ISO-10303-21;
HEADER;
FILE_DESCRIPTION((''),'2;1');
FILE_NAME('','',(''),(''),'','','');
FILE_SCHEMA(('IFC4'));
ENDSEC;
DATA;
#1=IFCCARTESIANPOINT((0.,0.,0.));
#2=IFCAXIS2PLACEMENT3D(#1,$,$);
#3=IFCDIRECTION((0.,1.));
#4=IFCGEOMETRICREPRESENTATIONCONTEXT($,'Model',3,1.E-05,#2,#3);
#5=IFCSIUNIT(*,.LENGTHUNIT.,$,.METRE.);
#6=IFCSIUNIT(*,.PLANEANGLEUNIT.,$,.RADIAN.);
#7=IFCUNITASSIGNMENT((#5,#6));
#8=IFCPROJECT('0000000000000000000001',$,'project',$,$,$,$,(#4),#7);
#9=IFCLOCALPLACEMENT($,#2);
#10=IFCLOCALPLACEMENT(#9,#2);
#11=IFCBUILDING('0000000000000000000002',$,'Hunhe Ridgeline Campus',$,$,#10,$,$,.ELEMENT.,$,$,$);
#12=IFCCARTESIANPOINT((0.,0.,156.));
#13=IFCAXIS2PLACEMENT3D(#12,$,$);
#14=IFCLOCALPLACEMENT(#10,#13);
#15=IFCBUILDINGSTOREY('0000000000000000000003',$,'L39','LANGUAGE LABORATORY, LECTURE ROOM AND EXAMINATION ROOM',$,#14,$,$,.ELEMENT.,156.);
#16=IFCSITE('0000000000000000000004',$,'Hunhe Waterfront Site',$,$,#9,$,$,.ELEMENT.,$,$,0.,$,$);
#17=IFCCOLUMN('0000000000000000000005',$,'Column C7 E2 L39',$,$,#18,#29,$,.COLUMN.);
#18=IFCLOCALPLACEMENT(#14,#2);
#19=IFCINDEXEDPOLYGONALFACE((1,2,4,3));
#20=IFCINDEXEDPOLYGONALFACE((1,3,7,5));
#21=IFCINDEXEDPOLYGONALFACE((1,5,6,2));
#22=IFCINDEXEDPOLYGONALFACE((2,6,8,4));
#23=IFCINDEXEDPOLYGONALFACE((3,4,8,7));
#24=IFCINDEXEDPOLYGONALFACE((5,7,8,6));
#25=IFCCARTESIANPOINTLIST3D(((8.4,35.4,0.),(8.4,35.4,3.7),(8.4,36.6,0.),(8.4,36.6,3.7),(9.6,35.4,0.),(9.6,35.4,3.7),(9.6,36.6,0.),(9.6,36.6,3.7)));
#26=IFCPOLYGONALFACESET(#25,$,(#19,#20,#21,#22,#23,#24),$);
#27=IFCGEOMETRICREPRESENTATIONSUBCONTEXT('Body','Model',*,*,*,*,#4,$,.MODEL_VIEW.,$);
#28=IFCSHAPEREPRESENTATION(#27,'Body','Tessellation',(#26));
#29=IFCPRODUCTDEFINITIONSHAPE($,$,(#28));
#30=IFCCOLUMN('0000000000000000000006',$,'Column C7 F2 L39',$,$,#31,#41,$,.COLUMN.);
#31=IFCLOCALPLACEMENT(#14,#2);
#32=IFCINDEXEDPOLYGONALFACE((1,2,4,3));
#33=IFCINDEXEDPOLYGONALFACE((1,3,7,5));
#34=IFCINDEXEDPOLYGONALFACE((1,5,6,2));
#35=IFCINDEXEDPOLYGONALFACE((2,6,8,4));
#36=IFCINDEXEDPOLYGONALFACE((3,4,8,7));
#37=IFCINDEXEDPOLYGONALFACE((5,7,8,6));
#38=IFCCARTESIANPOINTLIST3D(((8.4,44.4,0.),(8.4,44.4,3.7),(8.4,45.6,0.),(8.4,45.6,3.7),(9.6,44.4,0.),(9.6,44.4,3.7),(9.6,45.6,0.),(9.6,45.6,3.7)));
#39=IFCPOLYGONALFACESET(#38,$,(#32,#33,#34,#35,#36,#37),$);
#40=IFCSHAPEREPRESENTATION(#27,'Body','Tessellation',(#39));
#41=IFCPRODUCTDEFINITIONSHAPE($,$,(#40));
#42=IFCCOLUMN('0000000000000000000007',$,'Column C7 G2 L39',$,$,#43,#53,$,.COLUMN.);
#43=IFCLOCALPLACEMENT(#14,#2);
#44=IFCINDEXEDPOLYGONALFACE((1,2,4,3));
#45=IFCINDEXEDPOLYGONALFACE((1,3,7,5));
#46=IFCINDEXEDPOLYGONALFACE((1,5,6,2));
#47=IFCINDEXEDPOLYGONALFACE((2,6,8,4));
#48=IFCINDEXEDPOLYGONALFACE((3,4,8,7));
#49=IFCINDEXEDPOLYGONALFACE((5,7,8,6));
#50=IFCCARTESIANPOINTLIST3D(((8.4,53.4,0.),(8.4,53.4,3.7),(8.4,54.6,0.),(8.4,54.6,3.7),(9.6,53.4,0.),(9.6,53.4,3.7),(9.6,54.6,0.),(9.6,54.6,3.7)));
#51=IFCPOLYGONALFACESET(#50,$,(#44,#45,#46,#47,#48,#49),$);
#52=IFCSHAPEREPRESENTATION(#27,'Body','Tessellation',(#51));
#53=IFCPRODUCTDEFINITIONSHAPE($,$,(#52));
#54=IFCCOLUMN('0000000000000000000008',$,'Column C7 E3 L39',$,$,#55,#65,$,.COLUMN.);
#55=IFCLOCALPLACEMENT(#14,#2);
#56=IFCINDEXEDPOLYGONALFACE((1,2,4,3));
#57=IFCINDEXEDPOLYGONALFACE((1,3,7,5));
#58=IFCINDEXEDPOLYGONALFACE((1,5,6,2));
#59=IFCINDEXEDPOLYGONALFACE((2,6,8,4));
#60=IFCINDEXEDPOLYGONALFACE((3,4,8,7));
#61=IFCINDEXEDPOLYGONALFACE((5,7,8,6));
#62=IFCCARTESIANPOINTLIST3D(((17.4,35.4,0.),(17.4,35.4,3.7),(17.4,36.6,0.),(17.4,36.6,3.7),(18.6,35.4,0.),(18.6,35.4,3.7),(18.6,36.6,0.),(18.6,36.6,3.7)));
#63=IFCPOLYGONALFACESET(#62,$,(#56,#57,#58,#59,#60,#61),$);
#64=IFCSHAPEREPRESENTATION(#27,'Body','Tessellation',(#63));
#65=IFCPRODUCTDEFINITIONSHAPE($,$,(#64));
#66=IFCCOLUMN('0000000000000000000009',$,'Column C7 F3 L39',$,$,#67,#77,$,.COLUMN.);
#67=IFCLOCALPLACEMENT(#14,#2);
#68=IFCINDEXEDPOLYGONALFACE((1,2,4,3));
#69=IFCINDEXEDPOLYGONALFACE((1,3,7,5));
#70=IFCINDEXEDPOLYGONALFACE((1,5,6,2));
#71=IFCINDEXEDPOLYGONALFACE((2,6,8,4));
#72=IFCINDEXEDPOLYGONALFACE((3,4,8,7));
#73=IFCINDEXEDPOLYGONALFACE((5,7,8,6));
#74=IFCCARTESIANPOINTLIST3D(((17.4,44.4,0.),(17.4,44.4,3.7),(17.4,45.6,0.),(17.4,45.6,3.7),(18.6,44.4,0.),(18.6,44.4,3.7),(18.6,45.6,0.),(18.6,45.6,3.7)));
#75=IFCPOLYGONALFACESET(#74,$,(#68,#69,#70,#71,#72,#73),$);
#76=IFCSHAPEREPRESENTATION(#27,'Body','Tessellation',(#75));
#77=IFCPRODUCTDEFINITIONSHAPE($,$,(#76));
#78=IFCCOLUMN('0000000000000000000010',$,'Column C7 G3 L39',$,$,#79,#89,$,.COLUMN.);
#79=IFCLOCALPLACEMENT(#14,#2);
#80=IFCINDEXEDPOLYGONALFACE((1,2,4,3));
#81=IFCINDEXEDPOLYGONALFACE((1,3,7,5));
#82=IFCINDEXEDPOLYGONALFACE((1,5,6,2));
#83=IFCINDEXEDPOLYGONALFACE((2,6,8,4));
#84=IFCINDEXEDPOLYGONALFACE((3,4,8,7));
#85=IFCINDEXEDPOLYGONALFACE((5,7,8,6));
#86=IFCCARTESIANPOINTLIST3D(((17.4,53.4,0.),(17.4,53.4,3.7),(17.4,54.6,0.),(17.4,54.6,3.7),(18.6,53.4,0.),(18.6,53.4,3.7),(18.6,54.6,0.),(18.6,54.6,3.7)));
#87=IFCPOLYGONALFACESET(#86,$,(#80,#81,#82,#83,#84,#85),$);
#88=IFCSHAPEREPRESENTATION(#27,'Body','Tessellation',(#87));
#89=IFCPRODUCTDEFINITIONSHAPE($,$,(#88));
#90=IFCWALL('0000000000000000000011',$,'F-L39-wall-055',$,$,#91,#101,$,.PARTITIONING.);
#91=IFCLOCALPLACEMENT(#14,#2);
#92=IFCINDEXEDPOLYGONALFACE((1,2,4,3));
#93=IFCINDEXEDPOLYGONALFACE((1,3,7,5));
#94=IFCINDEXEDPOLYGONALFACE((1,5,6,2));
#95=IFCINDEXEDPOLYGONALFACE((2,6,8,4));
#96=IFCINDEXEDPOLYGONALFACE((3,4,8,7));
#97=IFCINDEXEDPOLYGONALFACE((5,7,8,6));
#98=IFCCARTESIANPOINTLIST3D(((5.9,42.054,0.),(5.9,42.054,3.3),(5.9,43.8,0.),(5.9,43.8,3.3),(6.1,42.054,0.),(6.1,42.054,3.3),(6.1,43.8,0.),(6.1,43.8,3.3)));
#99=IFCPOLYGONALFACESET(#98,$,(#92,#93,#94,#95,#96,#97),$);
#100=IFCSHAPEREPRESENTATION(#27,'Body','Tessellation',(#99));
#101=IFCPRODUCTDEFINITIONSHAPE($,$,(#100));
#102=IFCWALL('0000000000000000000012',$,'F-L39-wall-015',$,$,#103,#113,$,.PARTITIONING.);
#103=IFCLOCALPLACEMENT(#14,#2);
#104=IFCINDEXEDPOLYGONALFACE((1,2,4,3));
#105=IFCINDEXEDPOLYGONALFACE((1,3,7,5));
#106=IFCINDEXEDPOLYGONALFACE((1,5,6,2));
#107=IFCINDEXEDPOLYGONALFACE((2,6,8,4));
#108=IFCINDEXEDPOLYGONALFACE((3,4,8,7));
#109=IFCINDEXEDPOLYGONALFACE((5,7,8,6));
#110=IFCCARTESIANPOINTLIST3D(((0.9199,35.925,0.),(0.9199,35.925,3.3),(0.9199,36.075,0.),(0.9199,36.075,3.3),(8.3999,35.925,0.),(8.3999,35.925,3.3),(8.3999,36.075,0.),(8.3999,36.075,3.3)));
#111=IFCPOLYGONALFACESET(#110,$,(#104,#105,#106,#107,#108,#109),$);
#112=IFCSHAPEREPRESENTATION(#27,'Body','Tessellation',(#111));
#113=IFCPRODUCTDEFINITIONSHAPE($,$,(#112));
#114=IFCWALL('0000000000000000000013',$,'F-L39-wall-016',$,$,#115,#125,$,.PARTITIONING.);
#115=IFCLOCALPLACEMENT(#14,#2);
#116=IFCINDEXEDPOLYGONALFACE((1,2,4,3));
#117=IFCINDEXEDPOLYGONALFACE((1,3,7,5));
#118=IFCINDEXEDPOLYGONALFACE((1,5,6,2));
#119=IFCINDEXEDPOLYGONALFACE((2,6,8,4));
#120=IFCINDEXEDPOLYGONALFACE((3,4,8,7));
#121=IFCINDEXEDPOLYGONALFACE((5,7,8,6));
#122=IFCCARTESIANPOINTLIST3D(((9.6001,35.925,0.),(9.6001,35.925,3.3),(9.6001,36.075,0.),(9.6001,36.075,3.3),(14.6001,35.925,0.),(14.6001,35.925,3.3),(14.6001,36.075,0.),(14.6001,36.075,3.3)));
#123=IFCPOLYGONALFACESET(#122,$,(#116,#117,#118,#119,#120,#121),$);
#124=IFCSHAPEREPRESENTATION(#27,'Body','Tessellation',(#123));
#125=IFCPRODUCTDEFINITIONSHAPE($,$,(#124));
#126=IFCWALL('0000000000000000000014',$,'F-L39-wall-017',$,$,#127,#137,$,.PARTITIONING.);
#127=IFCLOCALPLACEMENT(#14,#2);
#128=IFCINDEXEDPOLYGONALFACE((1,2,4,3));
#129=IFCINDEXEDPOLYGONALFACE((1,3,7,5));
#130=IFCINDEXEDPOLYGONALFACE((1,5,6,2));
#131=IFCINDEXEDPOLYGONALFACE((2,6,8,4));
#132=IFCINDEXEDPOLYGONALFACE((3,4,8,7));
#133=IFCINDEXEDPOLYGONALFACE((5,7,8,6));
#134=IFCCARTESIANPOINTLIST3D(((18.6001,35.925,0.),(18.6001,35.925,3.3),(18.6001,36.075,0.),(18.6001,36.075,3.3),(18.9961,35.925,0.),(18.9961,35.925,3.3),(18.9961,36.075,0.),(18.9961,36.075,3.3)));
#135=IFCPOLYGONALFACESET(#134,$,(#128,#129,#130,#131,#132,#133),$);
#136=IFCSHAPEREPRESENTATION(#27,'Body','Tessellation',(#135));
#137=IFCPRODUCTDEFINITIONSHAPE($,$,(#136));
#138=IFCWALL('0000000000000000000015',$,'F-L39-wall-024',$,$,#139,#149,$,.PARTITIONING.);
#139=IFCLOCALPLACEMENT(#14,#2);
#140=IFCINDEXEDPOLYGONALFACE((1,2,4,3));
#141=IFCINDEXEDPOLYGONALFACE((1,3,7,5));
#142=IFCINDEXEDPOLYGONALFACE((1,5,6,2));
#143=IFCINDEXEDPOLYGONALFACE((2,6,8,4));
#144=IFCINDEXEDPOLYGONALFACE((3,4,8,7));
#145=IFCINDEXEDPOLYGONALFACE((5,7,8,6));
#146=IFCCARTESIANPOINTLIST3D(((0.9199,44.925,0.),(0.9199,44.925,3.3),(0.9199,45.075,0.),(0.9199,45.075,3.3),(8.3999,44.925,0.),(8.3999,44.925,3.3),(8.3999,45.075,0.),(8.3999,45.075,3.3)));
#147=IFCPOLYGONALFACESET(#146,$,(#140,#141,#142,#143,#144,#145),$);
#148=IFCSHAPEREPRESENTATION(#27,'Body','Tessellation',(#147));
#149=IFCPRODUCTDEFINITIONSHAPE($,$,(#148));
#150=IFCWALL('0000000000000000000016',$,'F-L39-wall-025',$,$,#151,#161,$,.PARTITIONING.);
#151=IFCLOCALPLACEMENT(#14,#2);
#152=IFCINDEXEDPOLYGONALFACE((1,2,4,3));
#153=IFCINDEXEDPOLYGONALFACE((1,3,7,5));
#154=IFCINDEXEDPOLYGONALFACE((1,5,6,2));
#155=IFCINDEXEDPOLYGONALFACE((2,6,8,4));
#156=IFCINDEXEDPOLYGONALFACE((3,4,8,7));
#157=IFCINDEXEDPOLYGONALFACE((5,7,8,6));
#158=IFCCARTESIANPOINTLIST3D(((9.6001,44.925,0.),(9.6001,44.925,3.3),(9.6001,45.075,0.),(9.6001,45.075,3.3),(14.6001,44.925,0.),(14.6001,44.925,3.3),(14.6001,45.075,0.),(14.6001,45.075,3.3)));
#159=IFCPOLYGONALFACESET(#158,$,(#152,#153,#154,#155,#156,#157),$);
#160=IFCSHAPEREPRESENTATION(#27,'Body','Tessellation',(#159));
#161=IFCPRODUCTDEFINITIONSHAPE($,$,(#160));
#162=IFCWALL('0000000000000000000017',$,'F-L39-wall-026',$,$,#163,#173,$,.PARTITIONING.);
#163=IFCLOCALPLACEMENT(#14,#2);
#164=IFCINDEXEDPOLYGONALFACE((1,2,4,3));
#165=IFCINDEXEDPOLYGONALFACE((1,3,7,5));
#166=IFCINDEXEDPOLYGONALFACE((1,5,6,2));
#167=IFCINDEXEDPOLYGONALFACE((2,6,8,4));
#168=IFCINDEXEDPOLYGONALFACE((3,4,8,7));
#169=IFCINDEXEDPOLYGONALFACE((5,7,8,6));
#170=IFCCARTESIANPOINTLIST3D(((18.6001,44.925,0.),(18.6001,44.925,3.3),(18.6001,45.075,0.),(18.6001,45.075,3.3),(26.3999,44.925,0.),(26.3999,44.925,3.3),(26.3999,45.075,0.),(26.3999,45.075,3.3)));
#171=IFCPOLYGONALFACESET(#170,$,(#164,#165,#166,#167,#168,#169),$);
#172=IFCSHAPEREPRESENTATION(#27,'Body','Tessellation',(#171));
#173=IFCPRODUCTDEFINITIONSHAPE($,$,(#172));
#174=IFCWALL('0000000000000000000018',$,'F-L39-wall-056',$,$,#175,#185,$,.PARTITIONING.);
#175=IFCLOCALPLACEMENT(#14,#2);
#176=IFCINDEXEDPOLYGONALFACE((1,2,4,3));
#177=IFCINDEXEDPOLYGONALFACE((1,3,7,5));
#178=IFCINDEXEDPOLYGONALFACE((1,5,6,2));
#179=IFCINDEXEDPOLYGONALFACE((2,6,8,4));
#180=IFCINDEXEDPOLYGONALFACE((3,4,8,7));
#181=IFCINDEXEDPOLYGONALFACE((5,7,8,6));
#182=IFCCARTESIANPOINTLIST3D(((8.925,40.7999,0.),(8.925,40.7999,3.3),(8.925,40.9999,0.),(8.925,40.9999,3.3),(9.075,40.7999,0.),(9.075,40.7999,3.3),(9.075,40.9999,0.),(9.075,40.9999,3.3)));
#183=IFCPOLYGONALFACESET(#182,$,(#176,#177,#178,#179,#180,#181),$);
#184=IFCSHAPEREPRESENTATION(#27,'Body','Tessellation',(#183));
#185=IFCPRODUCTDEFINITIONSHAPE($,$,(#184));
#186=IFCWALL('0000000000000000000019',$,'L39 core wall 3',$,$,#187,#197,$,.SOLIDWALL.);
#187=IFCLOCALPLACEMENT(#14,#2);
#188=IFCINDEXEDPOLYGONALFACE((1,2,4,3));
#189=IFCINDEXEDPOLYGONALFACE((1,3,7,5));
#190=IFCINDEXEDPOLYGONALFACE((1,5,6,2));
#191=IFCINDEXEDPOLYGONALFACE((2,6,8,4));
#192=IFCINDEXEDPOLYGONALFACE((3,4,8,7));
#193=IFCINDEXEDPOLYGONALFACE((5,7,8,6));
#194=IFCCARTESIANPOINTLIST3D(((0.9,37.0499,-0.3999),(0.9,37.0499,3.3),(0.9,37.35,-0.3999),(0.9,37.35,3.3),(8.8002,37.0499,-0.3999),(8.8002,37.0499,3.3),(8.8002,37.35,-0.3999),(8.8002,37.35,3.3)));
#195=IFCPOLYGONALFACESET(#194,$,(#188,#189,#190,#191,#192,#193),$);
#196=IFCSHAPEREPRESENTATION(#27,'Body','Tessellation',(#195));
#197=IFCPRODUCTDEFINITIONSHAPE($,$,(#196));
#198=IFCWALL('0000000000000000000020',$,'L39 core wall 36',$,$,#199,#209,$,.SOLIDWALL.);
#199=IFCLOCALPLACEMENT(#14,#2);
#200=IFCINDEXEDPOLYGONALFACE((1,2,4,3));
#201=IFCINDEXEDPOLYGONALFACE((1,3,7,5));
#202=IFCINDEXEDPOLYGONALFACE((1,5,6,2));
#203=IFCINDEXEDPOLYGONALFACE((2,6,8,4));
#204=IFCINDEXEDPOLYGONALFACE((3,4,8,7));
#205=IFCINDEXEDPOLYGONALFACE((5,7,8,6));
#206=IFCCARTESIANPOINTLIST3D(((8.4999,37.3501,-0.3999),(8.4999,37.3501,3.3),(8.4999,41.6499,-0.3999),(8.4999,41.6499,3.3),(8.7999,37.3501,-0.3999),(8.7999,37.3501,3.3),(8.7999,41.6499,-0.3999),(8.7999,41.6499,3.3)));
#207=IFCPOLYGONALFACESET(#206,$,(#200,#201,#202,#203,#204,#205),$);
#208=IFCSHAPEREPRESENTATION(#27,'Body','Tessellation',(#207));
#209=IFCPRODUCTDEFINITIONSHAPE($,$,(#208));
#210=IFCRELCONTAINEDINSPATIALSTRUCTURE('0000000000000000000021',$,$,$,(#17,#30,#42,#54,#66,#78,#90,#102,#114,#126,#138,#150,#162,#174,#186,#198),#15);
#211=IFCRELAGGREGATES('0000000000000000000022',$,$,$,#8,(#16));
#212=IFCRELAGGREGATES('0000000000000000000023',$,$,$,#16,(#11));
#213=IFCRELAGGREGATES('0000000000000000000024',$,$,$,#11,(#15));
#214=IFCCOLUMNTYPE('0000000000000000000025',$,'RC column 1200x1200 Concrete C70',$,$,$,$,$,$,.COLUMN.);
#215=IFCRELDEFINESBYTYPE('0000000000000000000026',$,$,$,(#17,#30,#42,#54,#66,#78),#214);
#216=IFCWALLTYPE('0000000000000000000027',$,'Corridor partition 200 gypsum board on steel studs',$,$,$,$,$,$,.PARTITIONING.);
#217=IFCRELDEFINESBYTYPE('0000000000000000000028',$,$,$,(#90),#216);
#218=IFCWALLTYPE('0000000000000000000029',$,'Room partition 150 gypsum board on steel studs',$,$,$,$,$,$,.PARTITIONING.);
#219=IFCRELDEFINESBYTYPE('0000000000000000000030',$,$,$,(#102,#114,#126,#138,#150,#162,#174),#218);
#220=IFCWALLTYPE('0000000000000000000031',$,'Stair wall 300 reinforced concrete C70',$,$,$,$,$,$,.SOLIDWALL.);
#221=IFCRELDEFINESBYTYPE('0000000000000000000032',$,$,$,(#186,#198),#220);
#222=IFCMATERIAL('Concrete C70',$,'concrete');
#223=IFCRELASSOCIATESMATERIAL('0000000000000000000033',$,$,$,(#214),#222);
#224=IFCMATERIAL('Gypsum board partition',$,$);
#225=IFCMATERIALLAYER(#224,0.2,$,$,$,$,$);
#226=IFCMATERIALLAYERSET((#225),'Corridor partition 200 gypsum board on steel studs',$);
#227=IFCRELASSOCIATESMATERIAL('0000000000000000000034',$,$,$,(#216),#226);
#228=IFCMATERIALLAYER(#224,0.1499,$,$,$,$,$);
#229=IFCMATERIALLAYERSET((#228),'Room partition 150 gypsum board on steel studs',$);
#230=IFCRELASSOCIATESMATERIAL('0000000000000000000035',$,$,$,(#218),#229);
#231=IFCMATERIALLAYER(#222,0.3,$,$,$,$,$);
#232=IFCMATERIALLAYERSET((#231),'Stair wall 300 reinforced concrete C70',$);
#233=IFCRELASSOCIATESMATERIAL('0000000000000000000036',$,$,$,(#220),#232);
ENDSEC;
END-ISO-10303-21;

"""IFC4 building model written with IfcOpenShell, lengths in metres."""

from ifc_helpers import new_model, si_unit, direction, frame, frame_2d, origin, origin_2d, place, context, subcontext, project, spatial, rectangle, extrude, material, layer, layer_set, material_profile, profile_set, type_object, element, save


model = new_model("IFC4")

# Units and contexts
model_context = context("Model", 3, precision=1e-05, world=origin(), true_north=direction((0.0, 1.0)))
body_context = subcontext(model_context, "Body", "Model", "MODEL_VIEW")
ifc_project = project(units=[si_unit("LENGTHUNIT", "METRE"), si_unit("PLANEANGLEUNIT", "RADIAN")], contexts=[model_context])

# Site, building, storey
site_placement = place(None, origin())
site = spatial("IfcSite", under=ifc_project, at=site_placement, Name="Hunhe Waterfront Site", CompositionType="ELEMENT", RefElevation=0.0)
building_placement = place(site_placement, origin())
building = spatial("IfcBuilding", under=site, at=building_placement, Name="Hunhe Ridgeline Campus", CompositionType="ELEMENT")
storey_placement = place(building_placement, frame((0.0, 0.0, 156.0)))
storey = spatial("IfcBuildingStorey", under=building, at=storey_placement, Name="L39", Description="LANGUAGE LABORATORY, LECTURE ROOM AND EXAMINATION ROOM", CompositionType="ELEMENT", Elevation=156.0)

# Columns
ifc_material_1 = material(Name="Concrete C70", Category="concrete")
ifc_material_profile = material_profile(ifc_material_1, rectangle(XDim=1.2, YDim=1.2, at=origin_2d()))
ifc_profile_set = profile_set([ifc_material_profile], Name="Concrete C70")
column_type = type_object("IfcColumnType", Name="RC column 1200x1200 Concrete C70", PredefinedType="COLUMN", material=ifc_profile_set)
for number, where, z_axis, x_axis, name in (
    (1, (9.0, 36.0, 0.0), (0.0, 0.0, 1.0), (1.0, 0.0, 0.0), "Column C7 E2 L39"),
    (2, (9.0, 45.0, 0.0), (0.0, 0.0, 1.0), (1.0, 0.0, 0.0), "Column C7 F2 L39"),
    (3, (9.0, 54.0, 0.0), (0.0, 0.0, 1.0), (1.0, 0.0, 0.0), "Column C7 G2 L39"),
    (4, (18.0, 36.0, 0.0), (0.0, 0.0, 1.0), (1.0, 0.0, 0.0), "Column C7 E3 L39"),
    (5, (18.0, 45.0, 0.0), (0.0, 0.0, 1.0), (1.0, 0.0, 0.0), "Column C7 F3 L39"),
    (6, (18.0, 54.0, 0.0), (0.0, 0.0, 1.0), (1.0, 0.0, 0.0), "Column C7 G3 L39"),
):
    element("IfcColumn", number, at=place(storey_placement, frame(where, z_axis=z_axis, x_axis=x_axis)), inside=storey, type_object=column_type, Name=name, PredefinedType="COLUMN", context=body_context, shape_type="SweptSolid", body=[
        extrude(rectangle(XDim=1.2, YDim=1.2, at=origin_2d()), origin(), (0.0, 0.0, 1.0), 3.7),
    ])

# Shared definitions
ifc_material_2 = material(Name="Gypsum board partition")
ifc_layer_1 = layer(ifc_material_2, 0.2)
ifc_layer_set_1 = layer_set([ifc_layer_1], Name="Corridor partition 200 gypsum board on steel studs")
wall_type_1 = type_object("IfcWallType", Name="Corridor partition 200 gypsum board on steel studs", PredefinedType="PARTITIONING", material=ifc_layer_set_1)

# Wall
wall_1_placement = place(storey_placement, frame((6.0, 42.054, 0.0), z_axis=(0.0, 0.0, 1.0), x_axis=(0.0, 1.0, 0.0)))
element("IfcWall", 7, at=wall_1_placement, inside=storey, type_object=wall_type_1, Name="F-L39-wall-055", PredefinedType="PARTITIONING", context=body_context, shape_type="SweptSolid", body=[
    extrude(rectangle(XDim=1.7461, YDim=0.2, at=frame_2d((0.873, 0.0))), origin(), (0.0, 0.0, 1.0), 3.3),
])

# Walls
ifc_layer_2 = layer(ifc_material_2, 0.1499)
ifc_layer_set_2 = layer_set([ifc_layer_2], Name="Room partition 150 gypsum board on steel studs")
wall_type_2 = type_object("IfcWallType", Name="Room partition 150 gypsum board on steel studs", PredefinedType="PARTITIONING", material=ifc_layer_set_2)
wall_2_placement = place(storey_placement, frame((0.9199, 36.0, 0.0), z_axis=(0.0, 0.0, 1.0), x_axis=(1.0, 0.0, 0.0)))
element("IfcWall", 8, at=wall_2_placement, inside=storey, type_object=wall_type_2, Name="F-L39-wall-015", PredefinedType="PARTITIONING", context=body_context, shape_type="SweptSolid", body=[
    extrude(rectangle(XDim=7.48, YDim=0.1499, at=frame_2d((3.74, 0.0))), origin(), (0.0, 0.0, 1.0), 3.3),
])
wall_3_placement = place(storey_placement, frame((9.6001, 36.0, 0.0), z_axis=(0.0, 0.0, 1.0), x_axis=(1.0, 0.0, 0.0)))
element("IfcWall", 9, at=wall_3_placement, inside=storey, type_object=wall_type_2, Name="F-L39-wall-016", PredefinedType="PARTITIONING", context=body_context, shape_type="SweptSolid", body=[
    extrude(rectangle(XDim=5.0, YDim=0.1499, at=frame_2d((2.5, 0.0))), origin(), (0.0, 0.0, 1.0), 3.3),
])
wall_4_placement = place(storey_placement, frame((18.6001, 36.0, 0.0), z_axis=(0.0, 0.0, 1.0), x_axis=(1.0, 0.0, 0.0)))
element("IfcWall", 10, at=wall_4_placement, inside=storey, type_object=wall_type_2, Name="F-L39-wall-017", PredefinedType="PARTITIONING", context=body_context, shape_type="SweptSolid", body=[
    extrude(rectangle(XDim=0.396, YDim=0.1499, at=frame_2d((0.198, 0.0))), origin(), (0.0, 0.0, 1.0), 3.3),
])
wall_5_placement = place(storey_placement, frame((0.9199, 45.0, 0.0), z_axis=(0.0, 0.0, 1.0), x_axis=(1.0, 0.0, 0.0)))
element("IfcWall", 11, at=wall_5_placement, inside=storey, type_object=wall_type_2, Name="F-L39-wall-024", PredefinedType="PARTITIONING", context=body_context, shape_type="SweptSolid", body=[
    extrude(rectangle(XDim=7.48, YDim=0.1499, at=frame_2d((3.74, 0.0))), origin(), (0.0, 0.0, 1.0), 3.3),
])
wall_6_placement = place(storey_placement, frame((9.6001, 45.0, 0.0), z_axis=(0.0, 0.0, 1.0), x_axis=(1.0, 0.0, 0.0)))
element("IfcWall", 12, at=wall_6_placement, inside=storey, type_object=wall_type_2, Name="F-L39-wall-025", PredefinedType="PARTITIONING", context=body_context, shape_type="SweptSolid", body=[
    extrude(rectangle(XDim=5.0, YDim=0.1499, at=frame_2d((2.5, 0.0))), origin(), (0.0, 0.0, 1.0), 3.3),
])
wall_7_placement = place(storey_placement, frame((18.6001, 45.0, 0.0), z_axis=(0.0, 0.0, 1.0), x_axis=(1.0, 0.0, 0.0)))
element("IfcWall", 13, at=wall_7_placement, inside=storey, type_object=wall_type_2, Name="F-L39-wall-026", PredefinedType="PARTITIONING", context=body_context, shape_type="SweptSolid", body=[
    extrude(rectangle(XDim=7.7998, YDim=0.1499, at=frame_2d((3.8999, 0.0))), origin(), (0.0, 0.0, 1.0), 3.3),
])
wall_8_placement = place(storey_placement, frame((9.0, 41.0, 0.0), z_axis=(0.0, 0.0, 1.0), x_axis=(0.0, -1.0, 0.0)))
element("IfcWall", 14, at=wall_8_placement, inside=storey, type_object=wall_type_2, Name="F-L39-wall-056", PredefinedType="PARTITIONING", context=body_context, shape_type="SweptSolid", body=[
    extrude(rectangle(XDim=0.2, YDim=0.1499, at=frame_2d((0.1001, 0.0))), origin(), (0.0, 0.0, 1.0), 3.3),
])
ifc_layer_3 = layer(ifc_material_1, 0.3)
ifc_layer_set_3 = layer_set([ifc_layer_3], Name="Stair wall 300 reinforced concrete C70")
wall_type_3 = type_object("IfcWallType", Name="Stair wall 300 reinforced concrete C70", PredefinedType="SOLIDWALL", material=ifc_layer_set_3)
wall_9_placement = place(storey_placement, frame((0.8999, 37.2, -0.3999), z_axis=(0.0, 0.0, 1.0), x_axis=(1.0, 0.0, 0.0)))
element("IfcWall", 15, at=wall_9_placement, inside=storey, type_object=wall_type_3, Name="L39 core wall 3", PredefinedType="SOLIDWALL", context=body_context, shape_type="SweptSolid", body=[
    extrude(rectangle(XDim=7.9001, YDim=0.3, at=frame_2d((3.9502, 0.0))), origin(), (0.0, 0.0, 1.0), 3.7),
])

# Wall
wall_10_placement = place(storey_placement, frame((8.6499, 37.3501, -0.3999), z_axis=(0.0, 0.0, 1.0), x_axis=(0.0, 1.0, 0.0)))
element("IfcWall", 16, at=wall_10_placement, inside=storey, type_object=wall_type_3, Name="L39 core wall 36", PredefinedType="SOLIDWALL", context=body_context, shape_type="SweptSolid", body=[
    extrude(rectangle(XDim=4.2998, YDim=0.3, at=frame_2d((2.1499, 0.0))), origin(), (0.0, 0.0, 1.0), 3.7),
])

save(model, "model.ifc")
